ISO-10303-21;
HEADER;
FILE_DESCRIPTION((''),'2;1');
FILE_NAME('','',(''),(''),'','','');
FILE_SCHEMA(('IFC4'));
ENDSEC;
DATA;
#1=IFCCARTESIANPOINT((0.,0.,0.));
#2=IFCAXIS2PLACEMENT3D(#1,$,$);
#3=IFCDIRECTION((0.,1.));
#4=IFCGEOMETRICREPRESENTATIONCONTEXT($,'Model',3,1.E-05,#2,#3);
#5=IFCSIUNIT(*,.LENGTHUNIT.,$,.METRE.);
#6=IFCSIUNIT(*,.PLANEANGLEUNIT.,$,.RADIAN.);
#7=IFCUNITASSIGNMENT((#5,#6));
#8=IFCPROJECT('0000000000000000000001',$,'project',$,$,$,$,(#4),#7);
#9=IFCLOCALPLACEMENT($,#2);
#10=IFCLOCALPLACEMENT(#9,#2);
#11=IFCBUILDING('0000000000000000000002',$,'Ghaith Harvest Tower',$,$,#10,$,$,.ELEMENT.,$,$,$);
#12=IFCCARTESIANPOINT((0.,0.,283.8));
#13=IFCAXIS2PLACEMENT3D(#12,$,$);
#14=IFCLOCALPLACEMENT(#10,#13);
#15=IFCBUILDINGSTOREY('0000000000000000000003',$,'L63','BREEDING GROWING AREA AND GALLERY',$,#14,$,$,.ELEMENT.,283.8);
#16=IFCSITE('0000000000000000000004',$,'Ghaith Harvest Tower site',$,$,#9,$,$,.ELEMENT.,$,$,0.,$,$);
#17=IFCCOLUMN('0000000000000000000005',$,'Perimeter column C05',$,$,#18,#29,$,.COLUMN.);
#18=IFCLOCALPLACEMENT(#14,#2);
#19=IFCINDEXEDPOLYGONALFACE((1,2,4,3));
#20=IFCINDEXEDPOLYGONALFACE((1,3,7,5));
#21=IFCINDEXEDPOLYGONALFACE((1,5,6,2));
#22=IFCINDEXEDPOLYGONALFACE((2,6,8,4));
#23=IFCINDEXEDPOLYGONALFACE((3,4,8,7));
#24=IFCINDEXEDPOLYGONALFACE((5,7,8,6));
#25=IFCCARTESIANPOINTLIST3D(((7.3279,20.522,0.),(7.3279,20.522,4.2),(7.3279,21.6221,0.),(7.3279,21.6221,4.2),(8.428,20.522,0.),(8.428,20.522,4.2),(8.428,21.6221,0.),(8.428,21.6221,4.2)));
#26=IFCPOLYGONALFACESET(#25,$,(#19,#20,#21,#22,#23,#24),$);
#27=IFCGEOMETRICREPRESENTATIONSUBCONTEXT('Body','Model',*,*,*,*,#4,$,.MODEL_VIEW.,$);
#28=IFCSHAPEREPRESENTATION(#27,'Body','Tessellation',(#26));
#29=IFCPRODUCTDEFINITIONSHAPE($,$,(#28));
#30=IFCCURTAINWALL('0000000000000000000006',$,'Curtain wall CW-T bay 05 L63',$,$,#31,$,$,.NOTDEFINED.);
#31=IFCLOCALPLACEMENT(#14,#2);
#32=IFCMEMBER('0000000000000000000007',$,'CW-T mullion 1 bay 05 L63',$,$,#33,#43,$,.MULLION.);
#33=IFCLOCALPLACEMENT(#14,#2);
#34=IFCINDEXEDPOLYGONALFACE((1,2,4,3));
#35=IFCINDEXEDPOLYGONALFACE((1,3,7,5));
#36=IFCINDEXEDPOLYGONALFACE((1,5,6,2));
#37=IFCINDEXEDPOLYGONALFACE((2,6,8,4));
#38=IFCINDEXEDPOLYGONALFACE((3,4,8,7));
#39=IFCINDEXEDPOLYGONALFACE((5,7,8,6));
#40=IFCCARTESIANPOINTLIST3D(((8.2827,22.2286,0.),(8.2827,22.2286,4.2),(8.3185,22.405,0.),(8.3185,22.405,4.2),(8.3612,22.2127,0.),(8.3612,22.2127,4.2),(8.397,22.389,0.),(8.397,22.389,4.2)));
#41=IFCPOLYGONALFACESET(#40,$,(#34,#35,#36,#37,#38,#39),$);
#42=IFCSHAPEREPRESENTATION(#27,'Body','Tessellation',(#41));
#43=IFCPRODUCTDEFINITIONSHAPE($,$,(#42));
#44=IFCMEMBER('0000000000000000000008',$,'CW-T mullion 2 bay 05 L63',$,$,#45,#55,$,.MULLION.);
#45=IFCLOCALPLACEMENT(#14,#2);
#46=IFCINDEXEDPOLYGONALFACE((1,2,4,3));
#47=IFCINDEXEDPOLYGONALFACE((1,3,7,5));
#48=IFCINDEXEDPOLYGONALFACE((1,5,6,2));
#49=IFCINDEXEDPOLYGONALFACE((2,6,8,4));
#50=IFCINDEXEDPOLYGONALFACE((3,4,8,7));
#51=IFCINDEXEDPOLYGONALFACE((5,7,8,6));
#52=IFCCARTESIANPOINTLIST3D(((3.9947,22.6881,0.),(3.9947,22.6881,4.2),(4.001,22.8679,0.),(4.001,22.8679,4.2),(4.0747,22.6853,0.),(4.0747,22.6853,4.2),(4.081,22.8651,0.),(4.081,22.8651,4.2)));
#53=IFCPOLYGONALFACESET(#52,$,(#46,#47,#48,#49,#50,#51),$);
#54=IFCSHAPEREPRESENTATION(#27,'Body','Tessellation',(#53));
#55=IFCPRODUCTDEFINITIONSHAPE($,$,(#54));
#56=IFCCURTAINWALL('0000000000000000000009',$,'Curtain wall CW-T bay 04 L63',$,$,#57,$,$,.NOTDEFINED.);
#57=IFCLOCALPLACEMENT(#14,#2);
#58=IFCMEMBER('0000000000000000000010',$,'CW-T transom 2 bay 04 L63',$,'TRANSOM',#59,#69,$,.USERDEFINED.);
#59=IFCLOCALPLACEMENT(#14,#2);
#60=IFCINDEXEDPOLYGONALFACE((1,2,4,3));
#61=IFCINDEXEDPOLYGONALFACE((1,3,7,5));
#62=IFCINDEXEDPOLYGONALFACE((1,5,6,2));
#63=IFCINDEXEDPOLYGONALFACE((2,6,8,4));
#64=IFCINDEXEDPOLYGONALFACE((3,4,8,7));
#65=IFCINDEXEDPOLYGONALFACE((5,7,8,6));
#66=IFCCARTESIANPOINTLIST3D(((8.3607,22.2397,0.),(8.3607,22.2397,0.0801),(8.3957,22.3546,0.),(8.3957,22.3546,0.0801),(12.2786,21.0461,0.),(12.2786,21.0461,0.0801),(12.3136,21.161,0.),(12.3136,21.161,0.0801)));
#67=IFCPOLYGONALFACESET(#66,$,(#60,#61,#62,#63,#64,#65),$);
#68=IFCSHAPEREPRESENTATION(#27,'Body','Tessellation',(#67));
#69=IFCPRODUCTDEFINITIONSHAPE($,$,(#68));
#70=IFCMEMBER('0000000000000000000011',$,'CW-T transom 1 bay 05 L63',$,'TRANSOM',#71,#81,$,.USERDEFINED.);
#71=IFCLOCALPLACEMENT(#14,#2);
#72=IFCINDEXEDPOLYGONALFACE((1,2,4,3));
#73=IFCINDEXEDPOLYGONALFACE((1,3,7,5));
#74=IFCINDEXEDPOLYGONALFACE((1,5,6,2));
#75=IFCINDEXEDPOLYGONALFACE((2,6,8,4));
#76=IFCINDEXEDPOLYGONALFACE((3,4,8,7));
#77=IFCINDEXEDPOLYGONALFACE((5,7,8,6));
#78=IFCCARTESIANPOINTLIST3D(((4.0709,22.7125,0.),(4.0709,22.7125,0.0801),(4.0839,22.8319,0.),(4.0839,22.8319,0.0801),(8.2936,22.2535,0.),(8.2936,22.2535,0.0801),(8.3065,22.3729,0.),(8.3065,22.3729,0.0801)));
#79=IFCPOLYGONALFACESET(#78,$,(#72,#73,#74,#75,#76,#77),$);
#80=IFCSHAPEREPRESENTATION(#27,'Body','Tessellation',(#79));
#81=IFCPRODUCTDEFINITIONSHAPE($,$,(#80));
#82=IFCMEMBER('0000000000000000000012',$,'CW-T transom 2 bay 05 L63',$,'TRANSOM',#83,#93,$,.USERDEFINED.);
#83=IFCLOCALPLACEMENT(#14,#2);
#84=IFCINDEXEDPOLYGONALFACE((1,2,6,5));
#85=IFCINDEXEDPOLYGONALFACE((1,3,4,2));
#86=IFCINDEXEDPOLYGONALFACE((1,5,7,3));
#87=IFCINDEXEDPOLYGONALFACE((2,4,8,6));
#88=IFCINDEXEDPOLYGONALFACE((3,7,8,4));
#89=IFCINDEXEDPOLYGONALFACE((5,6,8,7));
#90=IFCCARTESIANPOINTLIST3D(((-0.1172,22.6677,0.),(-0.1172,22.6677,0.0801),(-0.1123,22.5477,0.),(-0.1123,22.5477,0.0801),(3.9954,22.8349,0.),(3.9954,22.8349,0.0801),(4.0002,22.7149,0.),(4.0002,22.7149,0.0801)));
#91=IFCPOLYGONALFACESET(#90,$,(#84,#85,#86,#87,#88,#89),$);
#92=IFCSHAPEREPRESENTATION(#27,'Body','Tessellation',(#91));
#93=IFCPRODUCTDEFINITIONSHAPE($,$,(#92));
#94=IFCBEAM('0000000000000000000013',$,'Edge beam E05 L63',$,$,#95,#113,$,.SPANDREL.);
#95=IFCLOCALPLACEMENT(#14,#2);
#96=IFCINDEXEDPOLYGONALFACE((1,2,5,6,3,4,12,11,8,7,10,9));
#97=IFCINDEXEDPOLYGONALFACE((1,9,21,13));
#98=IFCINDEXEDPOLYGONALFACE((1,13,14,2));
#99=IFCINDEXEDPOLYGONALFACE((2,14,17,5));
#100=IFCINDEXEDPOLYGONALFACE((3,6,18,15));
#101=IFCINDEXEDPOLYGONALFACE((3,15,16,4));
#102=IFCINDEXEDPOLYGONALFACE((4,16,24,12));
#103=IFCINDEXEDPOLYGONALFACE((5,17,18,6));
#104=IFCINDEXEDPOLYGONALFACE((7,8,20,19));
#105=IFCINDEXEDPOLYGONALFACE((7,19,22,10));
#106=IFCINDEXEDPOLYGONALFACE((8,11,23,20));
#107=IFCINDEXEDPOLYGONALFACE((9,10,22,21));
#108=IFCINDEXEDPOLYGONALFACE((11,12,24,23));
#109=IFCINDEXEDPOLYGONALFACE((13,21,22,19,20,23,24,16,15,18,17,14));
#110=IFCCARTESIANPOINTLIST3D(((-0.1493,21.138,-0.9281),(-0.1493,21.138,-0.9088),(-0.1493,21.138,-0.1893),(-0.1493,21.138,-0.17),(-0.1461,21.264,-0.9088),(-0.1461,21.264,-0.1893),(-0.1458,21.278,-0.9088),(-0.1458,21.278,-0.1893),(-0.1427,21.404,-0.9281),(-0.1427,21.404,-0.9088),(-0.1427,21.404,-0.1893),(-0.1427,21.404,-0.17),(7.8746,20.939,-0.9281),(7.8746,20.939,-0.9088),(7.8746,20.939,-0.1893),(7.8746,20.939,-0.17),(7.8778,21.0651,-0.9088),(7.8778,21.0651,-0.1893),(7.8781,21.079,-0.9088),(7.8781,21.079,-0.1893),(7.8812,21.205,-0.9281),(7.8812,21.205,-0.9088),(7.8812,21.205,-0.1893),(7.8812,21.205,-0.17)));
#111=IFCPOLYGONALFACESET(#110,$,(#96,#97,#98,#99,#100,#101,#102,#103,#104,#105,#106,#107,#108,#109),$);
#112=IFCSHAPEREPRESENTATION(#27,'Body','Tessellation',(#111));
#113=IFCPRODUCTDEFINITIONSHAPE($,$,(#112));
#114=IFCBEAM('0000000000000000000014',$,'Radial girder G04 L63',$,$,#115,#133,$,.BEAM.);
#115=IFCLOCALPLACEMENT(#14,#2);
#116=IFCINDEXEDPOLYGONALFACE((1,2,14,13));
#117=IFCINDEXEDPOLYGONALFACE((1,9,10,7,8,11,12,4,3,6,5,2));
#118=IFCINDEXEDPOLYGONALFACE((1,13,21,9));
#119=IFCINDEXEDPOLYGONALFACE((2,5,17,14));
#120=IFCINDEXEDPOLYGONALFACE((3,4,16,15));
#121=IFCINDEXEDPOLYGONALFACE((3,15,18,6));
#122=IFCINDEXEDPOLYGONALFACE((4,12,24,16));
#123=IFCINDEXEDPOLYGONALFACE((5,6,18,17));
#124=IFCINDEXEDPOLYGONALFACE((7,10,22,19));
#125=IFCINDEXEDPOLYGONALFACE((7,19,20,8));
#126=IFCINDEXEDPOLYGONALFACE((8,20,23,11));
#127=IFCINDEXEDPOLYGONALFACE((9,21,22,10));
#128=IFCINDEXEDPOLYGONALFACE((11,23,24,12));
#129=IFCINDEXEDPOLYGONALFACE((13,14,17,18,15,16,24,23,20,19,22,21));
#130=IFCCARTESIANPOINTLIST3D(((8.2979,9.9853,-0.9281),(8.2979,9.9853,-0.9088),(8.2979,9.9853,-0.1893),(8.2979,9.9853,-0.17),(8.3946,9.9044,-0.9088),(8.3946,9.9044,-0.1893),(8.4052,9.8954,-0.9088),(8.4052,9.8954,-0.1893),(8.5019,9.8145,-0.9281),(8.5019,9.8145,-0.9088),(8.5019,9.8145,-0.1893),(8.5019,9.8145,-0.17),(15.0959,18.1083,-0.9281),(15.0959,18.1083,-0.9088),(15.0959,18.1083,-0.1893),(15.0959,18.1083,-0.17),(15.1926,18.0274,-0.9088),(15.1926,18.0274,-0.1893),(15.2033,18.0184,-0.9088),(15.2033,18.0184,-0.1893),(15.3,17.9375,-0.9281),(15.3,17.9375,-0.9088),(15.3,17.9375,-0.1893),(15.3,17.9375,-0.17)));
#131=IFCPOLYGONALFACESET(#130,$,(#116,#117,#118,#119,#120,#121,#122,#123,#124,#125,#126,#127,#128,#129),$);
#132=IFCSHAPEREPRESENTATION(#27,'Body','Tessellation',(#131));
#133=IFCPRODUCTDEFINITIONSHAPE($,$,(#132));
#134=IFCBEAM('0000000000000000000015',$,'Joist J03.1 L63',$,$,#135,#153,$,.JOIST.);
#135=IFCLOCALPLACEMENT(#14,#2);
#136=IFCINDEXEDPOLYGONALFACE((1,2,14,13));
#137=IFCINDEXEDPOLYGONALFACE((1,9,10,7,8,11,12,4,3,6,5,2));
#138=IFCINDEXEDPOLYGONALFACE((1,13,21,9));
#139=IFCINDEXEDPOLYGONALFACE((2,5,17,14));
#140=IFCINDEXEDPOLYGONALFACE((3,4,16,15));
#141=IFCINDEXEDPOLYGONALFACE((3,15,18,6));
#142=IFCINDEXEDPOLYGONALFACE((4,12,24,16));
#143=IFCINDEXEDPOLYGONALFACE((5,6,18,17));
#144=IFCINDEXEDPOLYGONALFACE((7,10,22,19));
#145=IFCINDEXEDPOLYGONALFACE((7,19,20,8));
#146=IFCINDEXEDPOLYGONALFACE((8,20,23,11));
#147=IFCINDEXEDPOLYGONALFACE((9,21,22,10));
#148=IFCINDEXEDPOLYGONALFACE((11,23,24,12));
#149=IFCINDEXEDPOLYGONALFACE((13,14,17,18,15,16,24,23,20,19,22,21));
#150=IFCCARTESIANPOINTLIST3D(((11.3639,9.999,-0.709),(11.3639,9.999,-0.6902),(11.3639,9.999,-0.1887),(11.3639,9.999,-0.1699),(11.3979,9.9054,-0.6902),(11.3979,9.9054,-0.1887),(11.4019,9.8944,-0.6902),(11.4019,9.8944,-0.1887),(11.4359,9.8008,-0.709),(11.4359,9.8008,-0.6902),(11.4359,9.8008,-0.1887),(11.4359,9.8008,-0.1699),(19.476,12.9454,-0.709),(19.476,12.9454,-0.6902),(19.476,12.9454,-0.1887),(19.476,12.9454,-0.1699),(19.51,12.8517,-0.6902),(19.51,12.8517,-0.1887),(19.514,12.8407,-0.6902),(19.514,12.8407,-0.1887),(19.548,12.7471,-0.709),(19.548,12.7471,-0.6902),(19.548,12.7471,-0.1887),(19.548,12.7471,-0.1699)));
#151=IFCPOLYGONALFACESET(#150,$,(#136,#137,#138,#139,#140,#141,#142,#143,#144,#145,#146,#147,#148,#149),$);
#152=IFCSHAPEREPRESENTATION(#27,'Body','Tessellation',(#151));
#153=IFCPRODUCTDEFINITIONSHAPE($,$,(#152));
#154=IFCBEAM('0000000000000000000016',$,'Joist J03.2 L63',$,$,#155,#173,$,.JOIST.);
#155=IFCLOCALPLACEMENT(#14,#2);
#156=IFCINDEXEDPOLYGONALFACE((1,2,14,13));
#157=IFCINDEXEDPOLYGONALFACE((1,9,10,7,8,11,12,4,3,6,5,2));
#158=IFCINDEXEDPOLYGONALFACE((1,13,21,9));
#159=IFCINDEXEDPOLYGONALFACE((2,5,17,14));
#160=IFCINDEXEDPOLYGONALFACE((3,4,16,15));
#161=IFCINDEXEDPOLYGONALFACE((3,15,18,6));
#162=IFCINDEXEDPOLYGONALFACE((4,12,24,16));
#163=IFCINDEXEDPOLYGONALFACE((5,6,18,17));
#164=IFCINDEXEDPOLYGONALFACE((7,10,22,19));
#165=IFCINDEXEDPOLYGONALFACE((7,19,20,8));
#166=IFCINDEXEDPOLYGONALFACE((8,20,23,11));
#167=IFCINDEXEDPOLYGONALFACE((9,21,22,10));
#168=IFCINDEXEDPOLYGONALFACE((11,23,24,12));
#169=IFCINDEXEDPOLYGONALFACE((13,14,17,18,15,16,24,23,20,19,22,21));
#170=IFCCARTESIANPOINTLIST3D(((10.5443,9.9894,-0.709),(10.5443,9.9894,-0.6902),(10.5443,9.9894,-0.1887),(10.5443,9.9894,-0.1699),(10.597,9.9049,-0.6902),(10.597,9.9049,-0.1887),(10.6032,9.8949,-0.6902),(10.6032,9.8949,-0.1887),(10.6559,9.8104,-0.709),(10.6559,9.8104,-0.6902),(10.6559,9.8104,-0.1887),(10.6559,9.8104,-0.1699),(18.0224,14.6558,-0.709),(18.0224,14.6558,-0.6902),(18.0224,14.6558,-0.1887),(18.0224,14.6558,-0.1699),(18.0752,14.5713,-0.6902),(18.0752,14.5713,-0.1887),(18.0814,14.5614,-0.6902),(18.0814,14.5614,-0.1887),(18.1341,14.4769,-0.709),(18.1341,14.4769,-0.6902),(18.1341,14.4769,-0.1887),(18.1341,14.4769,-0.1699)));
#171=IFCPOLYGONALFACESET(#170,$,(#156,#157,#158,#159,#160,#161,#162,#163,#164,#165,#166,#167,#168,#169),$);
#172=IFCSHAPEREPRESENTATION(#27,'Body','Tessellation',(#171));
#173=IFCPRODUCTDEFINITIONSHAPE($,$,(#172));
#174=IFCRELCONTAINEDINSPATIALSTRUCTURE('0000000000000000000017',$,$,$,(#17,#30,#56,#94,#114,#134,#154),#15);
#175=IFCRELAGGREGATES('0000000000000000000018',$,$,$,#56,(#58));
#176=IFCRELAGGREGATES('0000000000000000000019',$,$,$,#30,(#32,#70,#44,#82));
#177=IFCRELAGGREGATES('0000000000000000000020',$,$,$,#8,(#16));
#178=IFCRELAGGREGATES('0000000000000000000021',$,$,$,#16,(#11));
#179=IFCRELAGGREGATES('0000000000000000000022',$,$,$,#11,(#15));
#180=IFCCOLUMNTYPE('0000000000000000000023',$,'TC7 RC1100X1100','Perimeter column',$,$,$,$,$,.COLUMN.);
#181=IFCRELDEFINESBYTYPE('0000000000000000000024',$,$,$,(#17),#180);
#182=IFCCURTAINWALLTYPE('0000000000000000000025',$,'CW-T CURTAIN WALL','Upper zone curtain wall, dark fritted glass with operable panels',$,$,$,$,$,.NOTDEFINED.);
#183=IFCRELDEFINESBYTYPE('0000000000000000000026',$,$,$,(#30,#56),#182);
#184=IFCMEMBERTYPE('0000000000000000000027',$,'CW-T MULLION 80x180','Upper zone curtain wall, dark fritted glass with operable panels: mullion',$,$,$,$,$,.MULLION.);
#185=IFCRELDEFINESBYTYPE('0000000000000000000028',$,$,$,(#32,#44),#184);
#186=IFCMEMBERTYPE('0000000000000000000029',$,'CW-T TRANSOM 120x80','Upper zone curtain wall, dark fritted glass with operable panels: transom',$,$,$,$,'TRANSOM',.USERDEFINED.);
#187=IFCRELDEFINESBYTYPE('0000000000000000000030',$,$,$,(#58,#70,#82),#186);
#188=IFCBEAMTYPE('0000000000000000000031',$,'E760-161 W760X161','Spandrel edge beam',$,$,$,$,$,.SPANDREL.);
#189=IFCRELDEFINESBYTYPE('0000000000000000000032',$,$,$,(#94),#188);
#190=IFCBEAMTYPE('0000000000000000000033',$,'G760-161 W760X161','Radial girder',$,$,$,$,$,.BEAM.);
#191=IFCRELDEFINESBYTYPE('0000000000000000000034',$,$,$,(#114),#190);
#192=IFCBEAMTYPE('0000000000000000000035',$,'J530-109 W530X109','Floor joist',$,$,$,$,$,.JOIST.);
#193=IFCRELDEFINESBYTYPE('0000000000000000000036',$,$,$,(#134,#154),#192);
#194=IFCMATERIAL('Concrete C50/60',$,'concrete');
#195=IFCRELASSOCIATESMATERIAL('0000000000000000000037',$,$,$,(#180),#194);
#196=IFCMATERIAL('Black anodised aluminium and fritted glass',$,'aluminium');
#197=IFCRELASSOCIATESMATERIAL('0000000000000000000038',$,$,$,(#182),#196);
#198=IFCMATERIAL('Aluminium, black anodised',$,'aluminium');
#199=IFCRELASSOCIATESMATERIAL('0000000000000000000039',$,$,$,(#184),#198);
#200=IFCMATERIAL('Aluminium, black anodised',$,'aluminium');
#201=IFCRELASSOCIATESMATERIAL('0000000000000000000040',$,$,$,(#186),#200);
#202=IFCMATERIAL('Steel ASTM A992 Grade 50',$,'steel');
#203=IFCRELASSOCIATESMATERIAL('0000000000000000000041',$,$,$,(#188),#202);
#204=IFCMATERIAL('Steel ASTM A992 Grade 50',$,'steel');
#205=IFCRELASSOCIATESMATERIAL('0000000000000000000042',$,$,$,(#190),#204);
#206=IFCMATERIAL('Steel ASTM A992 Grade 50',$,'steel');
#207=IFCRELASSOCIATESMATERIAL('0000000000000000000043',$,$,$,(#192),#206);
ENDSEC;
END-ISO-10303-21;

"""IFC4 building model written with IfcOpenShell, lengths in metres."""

from ifc_helpers import new_model, si_unit, direction, frame, origin, origin_2d, place, context, subcontext, project, spatial, rectangle, i_section, extrude, material, material_profile, profile_set, type_object, element, aggregate, save


model = new_model("IFC4")

# Units and contexts
model_context = context("Model", 3, precision=1e-05, world=origin(), true_north=direction((0.0, 1.0)))
body_context = subcontext(model_context, "Body", "Model", "MODEL_VIEW")
ifc_project = project(units=[si_unit("LENGTHUNIT", "METRE"), si_unit("PLANEANGLEUNIT", "RADIAN")], contexts=[model_context])

# Site, building, storey
site_placement = place(None, origin())
site = spatial("IfcSite", under=ifc_project, at=site_placement, Name="Ghaith Harvest Tower site", CompositionType="ELEMENT", RefElevation=0.0)
building_placement = place(site_placement, origin())
building = spatial("IfcBuilding", under=site, at=building_placement, Name="Ghaith Harvest Tower", CompositionType="ELEMENT")
storey_placement = place(building_placement, frame((0.0, 0.0, 283.8)))
storey = spatial("IfcBuildingStorey", under=building, at=storey_placement, Name="L63", Description="BREEDING GROWING AREA AND GALLERY", CompositionType="ELEMENT", Elevation=283.8)

# Column
ifc_material_1 = material(Name="Concrete C50/60", Category="concrete")
ifc_material_profile_1 = material_profile(ifc_material_1, rectangle(XDim=1.1001, YDim=1.1001, at=origin_2d()), Name="RC1100X1100")
ifc_profile_set_1 = profile_set([ifc_material_profile_1], Name="Concrete C50/60")
column_type = type_object("IfcColumnType", Name="TC7 RC1100X1100", Description="Perimeter column", PredefinedType="COLUMN", material=ifc_profile_set_1)
column_placement = place(storey_placement, frame((7.8779, 21.072, 0.0), z_axis=(0.0, 0.0, 1.0), x_axis=(1.0, 0.0, 0.0)))
element("IfcColumn", 1, at=column_placement, inside=storey, type_object=column_type, Name="Perimeter column C05", PredefinedType="COLUMN", context=body_context, shape_type="SweptSolid", body=[
    extrude(rectangle(XDim=1.1001, YDim=1.1001, at=origin_2d()), origin(), (0.0, 0.0, 1.0), 4.2),
])

# Curtain wall, members
ifc_material_2 = material(Name="Black anodised aluminium and fritted glass", Category="aluminium")
curtain_wall_type = type_object("IfcCurtainWallType", Name="CW-T CURTAIN WALL", Description="Upper zone curtain wall, dark fritted glass with operable panels", PredefinedType="NOTDEFINED", material=ifc_material_2)
curtain_wall_1_placement = place(storey_placement, origin())
curtain_wall_1 = element("IfcCurtainWall", 2, at=curtain_wall_1_placement, inside=storey, type_object=curtain_wall_type, Name="Curtain wall CW-T bay 05 L63", PredefinedType="NOTDEFINED")
ifc_material_3 = material(Name="Aluminium, black anodised", Category="aluminium")
ifc_material_profile_2 = material_profile(ifc_material_3, rectangle(XDim=0.0801, YDim=0.1799, at=origin_2d()), Name="CW-T MULLION 80x180")
ifc_profile_set_2 = profile_set([ifc_material_profile_2], Name="Aluminium, black anodised")
member_type_1 = type_object("IfcMemberType", Name="CW-T MULLION 80x180", Description="Upper zone curtain wall, dark fritted glass with operable panels: mullion", PredefinedType="MULLION", material=ifc_profile_set_2)
member_1_placement = place(storey_placement, frame((8.3398, 22.3088, 0.0), z_axis=(0.0, 0.0, 1.0), x_axis=(-0.98, 0.198997, 0.0)))
member_1 = element("IfcMember", 3, at=member_1_placement, type_object=member_type_1, Name="CW-T mullion 1 bay 05 L63", PredefinedType="MULLION", context=body_context, shape_type="SweptSolid", body=[
    extrude(rectangle(XDim=0.0801, YDim=0.1799, at=origin_2d()), origin(), (0.0, 0.0, 1.0), 4.2),
])
member_2_placement = place(storey_placement, frame((4.0378, 22.7766, 0.0), z_axis=(0.0, 0.0, 1.0), x_axis=(-0.999389, 0.034962, 0.0)))
member_2 = element("IfcMember", 4, at=member_2_placement, type_object=member_type_1, Name="CW-T mullion 2 bay 05 L63", PredefinedType="MULLION", context=body_context, shape_type="SweptSolid", body=[
    extrude(rectangle(XDim=0.0801, YDim=0.1799, at=origin_2d()), origin(), (0.0, 0.0, 1.0), 4.2),
])

# Curtain wall, member
curtain_wall_2_placement = place(storey_placement, origin())
curtain_wall_2 = element("IfcCurtainWall", 5, at=curtain_wall_2_placement, inside=storey, type_object=curtain_wall_type, Name="Curtain wall CW-T bay 04 L63", PredefinedType="NOTDEFINED")
ifc_material_4 = material(Name="Aluminium, black anodised", Category="aluminium")
ifc_material_profile_3 = material_profile(ifc_material_4, rectangle(XDim=0.1201, YDim=0.0801, at=origin_2d()), Name="CW-T TRANSOM 120x80")
ifc_profile_set_3 = profile_set([ifc_material_profile_3], Name="Aluminium, black anodised")
member_type_2 = type_object("IfcMemberType", Name="CW-T TRANSOM 120x80", Description="Upper zone curtain wall, dark fritted glass with operable panels: transom", ElementType="TRANSOM", PredefinedType="USERDEFINED", material=ifc_profile_set_3)
member_3_placement = place(storey_placement, frame((12.2961, 21.1035, 0.04), z_axis=(-0.956594, 0.291425, 0.0), x_axis=(-0.291425, -0.956594, 0.0)))
member_3 = element("IfcMember", 6, at=member_3_placement, type_object=member_type_2, Name="CW-T transom 2 bay 04 L63", ObjectType="TRANSOM", PredefinedType="USERDEFINED", context=body_context, shape_type="SweptSolid", body=[
    extrude(rectangle(XDim=0.1201, YDim=0.0801, at=origin_2d()), origin(), (0.0, 0.0, 1.0), 4.0957),
])

# Members
member_4_placement = place(storey_placement, frame((8.3, 22.3132, 0.04), z_axis=(-0.994144, 0.108059, 0.0), x_axis=(-0.108059, -0.994144, 0.0)))
member_4 = element("IfcMember", 7, at=member_4_placement, type_object=member_type_2, Name="CW-T transom 1 bay 05 L63", ObjectType="TRANSOM", PredefinedType="USERDEFINED", context=body_context, shape_type="SweptSolid", body=[
    extrude(rectangle(XDim=0.1201, YDim=0.0801, at=origin_2d()), origin(), (0.0, 0.0, 1.0), 4.2476),
])
member_5_placement = place(storey_placement, frame((3.9978, 22.7749, 0.04), z_axis=(-0.999174, -0.040631, 0.0), x_axis=(0.040631, -0.999174, 0.0)))
member_5 = element("IfcMember", 8, at=member_5_placement, type_object=member_type_2, Name="CW-T transom 2 bay 05 L63", ObjectType="TRANSOM", PredefinedType="USERDEFINED", context=body_context, shape_type="SweptSolid", body=[
    extrude(rectangle(XDim=0.1201, YDim=0.0801, at=origin_2d()), origin(), (0.0, 0.0, 1.0), 4.116),
])

# Beams
ifc_material_5 = material(Name="Steel ASTM A992 Grade 50", Category="steel")
ifc_material_profile_4 = material_profile(ifc_material_5, i_section(OverallWidth=0.2661, OverallDepth=0.7581, WebThickness=0.0139, FlangeThickness=0.0193, at=origin_2d()), Name="W760X161")
ifc_profile_set_4 = profile_set([ifc_material_profile_4], Name="Steel ASTM A992 Grade 50")
beam_type_1 = type_object("IfcBeamType", Name="E760-161 W760X161", Description="Spandrel edge beam", PredefinedType="SPANDREL", material=ifc_profile_set_4)
beam_1_placement = place(storey_placement, frame((7.8779, 21.072, -0.5491), z_axis=(-0.999693, 0.02479, 0.0), x_axis=(-0.02479, -0.999693, 0.0)))
element("IfcBeam", 9, at=beam_1_placement, inside=storey, type_object=beam_type_1, Name="Edge beam E05 L63", PredefinedType="SPANDREL", context=body_context, shape_type="SweptSolid", body=[
    extrude(i_section(OverallWidth=0.2661, OverallDepth=0.7581, WebThickness=0.0139, FlangeThickness=0.0193, at=origin_2d()), origin(), (0.0, 0.0, 1.0), 8.0264),
])
ifc_material_6 = material(Name="Steel ASTM A992 Grade 50", Category="steel")
ifc_material_profile_5 = material_profile(ifc_material_6, i_section(OverallWidth=0.2661, OverallDepth=0.7581, WebThickness=0.0139, FlangeThickness=0.0193, at=origin_2d()), Name="W760X161")
ifc_profile_set_5 = profile_set([ifc_material_profile_5], Name="Steel ASTM A992 Grade 50")
beam_type_2 = type_object("IfcBeamType", Name="G760-161 W760X161", Description="Radial girder", PredefinedType="BEAM", material=ifc_profile_set_5)
beam_2_placement = place(storey_placement, frame((8.3999, 9.8999, -0.5491), z_axis=(0.641793, 0.766878, 0.0), x_axis=(-0.766878, 0.641793, 0.0)))
element("IfcBeam", 10, at=beam_2_placement, inside=storey, type_object=beam_type_2, Name="Radial girder G04 L63", PredefinedType="BEAM", context=body_context, shape_type="SweptSolid", body=[
    extrude(i_section(OverallWidth=0.2661, OverallDepth=0.7581, WebThickness=0.0139, FlangeThickness=0.0193, at=origin_2d()), origin(), (0.0, 0.0, 1.0), 10.5923),
])
ifc_material_7 = material(Name="Steel ASTM A992 Grade 50", Category="steel")
ifc_material_profile_6 = material_profile(ifc_material_7, i_section(OverallWidth=0.2109, OverallDepth=0.5391, WebThickness=0.0117, FlangeThickness=0.0188, at=origin_2d()), Name="W530X109")
ifc_profile_set_6 = profile_set([ifc_material_profile_6], Name="Steel ASTM A992 Grade 50")
beam_type_3 = type_object("IfcBeamType", Name="J530-109 W530X109", Description="Floor joist", PredefinedType="JOIST", material=ifc_profile_set_6)
beam_3_placement = place(storey_placement, frame((11.3999, 9.8999, -0.4395), z_axis=(0.939926, 0.34138, 0.0), x_axis=(-0.34138, 0.939926, 0.0)))
element("IfcBeam", 11, at=beam_3_placement, inside=storey, type_object=beam_type_3, Name="Joist J03.1 L63", PredefinedType="JOIST", context=body_context, shape_type="SweptSolid", body=[
    extrude(i_section(OverallWidth=0.2109, OverallDepth=0.5391, WebThickness=0.0117, FlangeThickness=0.0188, at=origin_2d()), origin(), (0.0, 0.0, 1.0), 8.6306),
])
beam_4_placement = place(storey_placement, frame((10.6001, 9.8999, -0.4395), z_axis=(0.848376, 0.529394, 0.0), x_axis=(-0.529394, 0.848376, 0.0)))
element("IfcBeam", 12, at=beam_4_placement, inside=storey, type_object=beam_type_3, Name="Joist J03.2 L63", PredefinedType="JOIST", context=body_context, shape_type="SweptSolid", body=[
    extrude(i_section(OverallWidth=0.2109, OverallDepth=0.5391, WebThickness=0.0117, FlangeThickness=0.0188, at=origin_2d()), origin(), (0.0, 0.0, 1.0), 8.8147),
])

aggregate(curtain_wall_2, [member_3])
aggregate(curtain_wall_1, [member_1, member_4, member_2, member_5])

save(model, "model.ifc")
